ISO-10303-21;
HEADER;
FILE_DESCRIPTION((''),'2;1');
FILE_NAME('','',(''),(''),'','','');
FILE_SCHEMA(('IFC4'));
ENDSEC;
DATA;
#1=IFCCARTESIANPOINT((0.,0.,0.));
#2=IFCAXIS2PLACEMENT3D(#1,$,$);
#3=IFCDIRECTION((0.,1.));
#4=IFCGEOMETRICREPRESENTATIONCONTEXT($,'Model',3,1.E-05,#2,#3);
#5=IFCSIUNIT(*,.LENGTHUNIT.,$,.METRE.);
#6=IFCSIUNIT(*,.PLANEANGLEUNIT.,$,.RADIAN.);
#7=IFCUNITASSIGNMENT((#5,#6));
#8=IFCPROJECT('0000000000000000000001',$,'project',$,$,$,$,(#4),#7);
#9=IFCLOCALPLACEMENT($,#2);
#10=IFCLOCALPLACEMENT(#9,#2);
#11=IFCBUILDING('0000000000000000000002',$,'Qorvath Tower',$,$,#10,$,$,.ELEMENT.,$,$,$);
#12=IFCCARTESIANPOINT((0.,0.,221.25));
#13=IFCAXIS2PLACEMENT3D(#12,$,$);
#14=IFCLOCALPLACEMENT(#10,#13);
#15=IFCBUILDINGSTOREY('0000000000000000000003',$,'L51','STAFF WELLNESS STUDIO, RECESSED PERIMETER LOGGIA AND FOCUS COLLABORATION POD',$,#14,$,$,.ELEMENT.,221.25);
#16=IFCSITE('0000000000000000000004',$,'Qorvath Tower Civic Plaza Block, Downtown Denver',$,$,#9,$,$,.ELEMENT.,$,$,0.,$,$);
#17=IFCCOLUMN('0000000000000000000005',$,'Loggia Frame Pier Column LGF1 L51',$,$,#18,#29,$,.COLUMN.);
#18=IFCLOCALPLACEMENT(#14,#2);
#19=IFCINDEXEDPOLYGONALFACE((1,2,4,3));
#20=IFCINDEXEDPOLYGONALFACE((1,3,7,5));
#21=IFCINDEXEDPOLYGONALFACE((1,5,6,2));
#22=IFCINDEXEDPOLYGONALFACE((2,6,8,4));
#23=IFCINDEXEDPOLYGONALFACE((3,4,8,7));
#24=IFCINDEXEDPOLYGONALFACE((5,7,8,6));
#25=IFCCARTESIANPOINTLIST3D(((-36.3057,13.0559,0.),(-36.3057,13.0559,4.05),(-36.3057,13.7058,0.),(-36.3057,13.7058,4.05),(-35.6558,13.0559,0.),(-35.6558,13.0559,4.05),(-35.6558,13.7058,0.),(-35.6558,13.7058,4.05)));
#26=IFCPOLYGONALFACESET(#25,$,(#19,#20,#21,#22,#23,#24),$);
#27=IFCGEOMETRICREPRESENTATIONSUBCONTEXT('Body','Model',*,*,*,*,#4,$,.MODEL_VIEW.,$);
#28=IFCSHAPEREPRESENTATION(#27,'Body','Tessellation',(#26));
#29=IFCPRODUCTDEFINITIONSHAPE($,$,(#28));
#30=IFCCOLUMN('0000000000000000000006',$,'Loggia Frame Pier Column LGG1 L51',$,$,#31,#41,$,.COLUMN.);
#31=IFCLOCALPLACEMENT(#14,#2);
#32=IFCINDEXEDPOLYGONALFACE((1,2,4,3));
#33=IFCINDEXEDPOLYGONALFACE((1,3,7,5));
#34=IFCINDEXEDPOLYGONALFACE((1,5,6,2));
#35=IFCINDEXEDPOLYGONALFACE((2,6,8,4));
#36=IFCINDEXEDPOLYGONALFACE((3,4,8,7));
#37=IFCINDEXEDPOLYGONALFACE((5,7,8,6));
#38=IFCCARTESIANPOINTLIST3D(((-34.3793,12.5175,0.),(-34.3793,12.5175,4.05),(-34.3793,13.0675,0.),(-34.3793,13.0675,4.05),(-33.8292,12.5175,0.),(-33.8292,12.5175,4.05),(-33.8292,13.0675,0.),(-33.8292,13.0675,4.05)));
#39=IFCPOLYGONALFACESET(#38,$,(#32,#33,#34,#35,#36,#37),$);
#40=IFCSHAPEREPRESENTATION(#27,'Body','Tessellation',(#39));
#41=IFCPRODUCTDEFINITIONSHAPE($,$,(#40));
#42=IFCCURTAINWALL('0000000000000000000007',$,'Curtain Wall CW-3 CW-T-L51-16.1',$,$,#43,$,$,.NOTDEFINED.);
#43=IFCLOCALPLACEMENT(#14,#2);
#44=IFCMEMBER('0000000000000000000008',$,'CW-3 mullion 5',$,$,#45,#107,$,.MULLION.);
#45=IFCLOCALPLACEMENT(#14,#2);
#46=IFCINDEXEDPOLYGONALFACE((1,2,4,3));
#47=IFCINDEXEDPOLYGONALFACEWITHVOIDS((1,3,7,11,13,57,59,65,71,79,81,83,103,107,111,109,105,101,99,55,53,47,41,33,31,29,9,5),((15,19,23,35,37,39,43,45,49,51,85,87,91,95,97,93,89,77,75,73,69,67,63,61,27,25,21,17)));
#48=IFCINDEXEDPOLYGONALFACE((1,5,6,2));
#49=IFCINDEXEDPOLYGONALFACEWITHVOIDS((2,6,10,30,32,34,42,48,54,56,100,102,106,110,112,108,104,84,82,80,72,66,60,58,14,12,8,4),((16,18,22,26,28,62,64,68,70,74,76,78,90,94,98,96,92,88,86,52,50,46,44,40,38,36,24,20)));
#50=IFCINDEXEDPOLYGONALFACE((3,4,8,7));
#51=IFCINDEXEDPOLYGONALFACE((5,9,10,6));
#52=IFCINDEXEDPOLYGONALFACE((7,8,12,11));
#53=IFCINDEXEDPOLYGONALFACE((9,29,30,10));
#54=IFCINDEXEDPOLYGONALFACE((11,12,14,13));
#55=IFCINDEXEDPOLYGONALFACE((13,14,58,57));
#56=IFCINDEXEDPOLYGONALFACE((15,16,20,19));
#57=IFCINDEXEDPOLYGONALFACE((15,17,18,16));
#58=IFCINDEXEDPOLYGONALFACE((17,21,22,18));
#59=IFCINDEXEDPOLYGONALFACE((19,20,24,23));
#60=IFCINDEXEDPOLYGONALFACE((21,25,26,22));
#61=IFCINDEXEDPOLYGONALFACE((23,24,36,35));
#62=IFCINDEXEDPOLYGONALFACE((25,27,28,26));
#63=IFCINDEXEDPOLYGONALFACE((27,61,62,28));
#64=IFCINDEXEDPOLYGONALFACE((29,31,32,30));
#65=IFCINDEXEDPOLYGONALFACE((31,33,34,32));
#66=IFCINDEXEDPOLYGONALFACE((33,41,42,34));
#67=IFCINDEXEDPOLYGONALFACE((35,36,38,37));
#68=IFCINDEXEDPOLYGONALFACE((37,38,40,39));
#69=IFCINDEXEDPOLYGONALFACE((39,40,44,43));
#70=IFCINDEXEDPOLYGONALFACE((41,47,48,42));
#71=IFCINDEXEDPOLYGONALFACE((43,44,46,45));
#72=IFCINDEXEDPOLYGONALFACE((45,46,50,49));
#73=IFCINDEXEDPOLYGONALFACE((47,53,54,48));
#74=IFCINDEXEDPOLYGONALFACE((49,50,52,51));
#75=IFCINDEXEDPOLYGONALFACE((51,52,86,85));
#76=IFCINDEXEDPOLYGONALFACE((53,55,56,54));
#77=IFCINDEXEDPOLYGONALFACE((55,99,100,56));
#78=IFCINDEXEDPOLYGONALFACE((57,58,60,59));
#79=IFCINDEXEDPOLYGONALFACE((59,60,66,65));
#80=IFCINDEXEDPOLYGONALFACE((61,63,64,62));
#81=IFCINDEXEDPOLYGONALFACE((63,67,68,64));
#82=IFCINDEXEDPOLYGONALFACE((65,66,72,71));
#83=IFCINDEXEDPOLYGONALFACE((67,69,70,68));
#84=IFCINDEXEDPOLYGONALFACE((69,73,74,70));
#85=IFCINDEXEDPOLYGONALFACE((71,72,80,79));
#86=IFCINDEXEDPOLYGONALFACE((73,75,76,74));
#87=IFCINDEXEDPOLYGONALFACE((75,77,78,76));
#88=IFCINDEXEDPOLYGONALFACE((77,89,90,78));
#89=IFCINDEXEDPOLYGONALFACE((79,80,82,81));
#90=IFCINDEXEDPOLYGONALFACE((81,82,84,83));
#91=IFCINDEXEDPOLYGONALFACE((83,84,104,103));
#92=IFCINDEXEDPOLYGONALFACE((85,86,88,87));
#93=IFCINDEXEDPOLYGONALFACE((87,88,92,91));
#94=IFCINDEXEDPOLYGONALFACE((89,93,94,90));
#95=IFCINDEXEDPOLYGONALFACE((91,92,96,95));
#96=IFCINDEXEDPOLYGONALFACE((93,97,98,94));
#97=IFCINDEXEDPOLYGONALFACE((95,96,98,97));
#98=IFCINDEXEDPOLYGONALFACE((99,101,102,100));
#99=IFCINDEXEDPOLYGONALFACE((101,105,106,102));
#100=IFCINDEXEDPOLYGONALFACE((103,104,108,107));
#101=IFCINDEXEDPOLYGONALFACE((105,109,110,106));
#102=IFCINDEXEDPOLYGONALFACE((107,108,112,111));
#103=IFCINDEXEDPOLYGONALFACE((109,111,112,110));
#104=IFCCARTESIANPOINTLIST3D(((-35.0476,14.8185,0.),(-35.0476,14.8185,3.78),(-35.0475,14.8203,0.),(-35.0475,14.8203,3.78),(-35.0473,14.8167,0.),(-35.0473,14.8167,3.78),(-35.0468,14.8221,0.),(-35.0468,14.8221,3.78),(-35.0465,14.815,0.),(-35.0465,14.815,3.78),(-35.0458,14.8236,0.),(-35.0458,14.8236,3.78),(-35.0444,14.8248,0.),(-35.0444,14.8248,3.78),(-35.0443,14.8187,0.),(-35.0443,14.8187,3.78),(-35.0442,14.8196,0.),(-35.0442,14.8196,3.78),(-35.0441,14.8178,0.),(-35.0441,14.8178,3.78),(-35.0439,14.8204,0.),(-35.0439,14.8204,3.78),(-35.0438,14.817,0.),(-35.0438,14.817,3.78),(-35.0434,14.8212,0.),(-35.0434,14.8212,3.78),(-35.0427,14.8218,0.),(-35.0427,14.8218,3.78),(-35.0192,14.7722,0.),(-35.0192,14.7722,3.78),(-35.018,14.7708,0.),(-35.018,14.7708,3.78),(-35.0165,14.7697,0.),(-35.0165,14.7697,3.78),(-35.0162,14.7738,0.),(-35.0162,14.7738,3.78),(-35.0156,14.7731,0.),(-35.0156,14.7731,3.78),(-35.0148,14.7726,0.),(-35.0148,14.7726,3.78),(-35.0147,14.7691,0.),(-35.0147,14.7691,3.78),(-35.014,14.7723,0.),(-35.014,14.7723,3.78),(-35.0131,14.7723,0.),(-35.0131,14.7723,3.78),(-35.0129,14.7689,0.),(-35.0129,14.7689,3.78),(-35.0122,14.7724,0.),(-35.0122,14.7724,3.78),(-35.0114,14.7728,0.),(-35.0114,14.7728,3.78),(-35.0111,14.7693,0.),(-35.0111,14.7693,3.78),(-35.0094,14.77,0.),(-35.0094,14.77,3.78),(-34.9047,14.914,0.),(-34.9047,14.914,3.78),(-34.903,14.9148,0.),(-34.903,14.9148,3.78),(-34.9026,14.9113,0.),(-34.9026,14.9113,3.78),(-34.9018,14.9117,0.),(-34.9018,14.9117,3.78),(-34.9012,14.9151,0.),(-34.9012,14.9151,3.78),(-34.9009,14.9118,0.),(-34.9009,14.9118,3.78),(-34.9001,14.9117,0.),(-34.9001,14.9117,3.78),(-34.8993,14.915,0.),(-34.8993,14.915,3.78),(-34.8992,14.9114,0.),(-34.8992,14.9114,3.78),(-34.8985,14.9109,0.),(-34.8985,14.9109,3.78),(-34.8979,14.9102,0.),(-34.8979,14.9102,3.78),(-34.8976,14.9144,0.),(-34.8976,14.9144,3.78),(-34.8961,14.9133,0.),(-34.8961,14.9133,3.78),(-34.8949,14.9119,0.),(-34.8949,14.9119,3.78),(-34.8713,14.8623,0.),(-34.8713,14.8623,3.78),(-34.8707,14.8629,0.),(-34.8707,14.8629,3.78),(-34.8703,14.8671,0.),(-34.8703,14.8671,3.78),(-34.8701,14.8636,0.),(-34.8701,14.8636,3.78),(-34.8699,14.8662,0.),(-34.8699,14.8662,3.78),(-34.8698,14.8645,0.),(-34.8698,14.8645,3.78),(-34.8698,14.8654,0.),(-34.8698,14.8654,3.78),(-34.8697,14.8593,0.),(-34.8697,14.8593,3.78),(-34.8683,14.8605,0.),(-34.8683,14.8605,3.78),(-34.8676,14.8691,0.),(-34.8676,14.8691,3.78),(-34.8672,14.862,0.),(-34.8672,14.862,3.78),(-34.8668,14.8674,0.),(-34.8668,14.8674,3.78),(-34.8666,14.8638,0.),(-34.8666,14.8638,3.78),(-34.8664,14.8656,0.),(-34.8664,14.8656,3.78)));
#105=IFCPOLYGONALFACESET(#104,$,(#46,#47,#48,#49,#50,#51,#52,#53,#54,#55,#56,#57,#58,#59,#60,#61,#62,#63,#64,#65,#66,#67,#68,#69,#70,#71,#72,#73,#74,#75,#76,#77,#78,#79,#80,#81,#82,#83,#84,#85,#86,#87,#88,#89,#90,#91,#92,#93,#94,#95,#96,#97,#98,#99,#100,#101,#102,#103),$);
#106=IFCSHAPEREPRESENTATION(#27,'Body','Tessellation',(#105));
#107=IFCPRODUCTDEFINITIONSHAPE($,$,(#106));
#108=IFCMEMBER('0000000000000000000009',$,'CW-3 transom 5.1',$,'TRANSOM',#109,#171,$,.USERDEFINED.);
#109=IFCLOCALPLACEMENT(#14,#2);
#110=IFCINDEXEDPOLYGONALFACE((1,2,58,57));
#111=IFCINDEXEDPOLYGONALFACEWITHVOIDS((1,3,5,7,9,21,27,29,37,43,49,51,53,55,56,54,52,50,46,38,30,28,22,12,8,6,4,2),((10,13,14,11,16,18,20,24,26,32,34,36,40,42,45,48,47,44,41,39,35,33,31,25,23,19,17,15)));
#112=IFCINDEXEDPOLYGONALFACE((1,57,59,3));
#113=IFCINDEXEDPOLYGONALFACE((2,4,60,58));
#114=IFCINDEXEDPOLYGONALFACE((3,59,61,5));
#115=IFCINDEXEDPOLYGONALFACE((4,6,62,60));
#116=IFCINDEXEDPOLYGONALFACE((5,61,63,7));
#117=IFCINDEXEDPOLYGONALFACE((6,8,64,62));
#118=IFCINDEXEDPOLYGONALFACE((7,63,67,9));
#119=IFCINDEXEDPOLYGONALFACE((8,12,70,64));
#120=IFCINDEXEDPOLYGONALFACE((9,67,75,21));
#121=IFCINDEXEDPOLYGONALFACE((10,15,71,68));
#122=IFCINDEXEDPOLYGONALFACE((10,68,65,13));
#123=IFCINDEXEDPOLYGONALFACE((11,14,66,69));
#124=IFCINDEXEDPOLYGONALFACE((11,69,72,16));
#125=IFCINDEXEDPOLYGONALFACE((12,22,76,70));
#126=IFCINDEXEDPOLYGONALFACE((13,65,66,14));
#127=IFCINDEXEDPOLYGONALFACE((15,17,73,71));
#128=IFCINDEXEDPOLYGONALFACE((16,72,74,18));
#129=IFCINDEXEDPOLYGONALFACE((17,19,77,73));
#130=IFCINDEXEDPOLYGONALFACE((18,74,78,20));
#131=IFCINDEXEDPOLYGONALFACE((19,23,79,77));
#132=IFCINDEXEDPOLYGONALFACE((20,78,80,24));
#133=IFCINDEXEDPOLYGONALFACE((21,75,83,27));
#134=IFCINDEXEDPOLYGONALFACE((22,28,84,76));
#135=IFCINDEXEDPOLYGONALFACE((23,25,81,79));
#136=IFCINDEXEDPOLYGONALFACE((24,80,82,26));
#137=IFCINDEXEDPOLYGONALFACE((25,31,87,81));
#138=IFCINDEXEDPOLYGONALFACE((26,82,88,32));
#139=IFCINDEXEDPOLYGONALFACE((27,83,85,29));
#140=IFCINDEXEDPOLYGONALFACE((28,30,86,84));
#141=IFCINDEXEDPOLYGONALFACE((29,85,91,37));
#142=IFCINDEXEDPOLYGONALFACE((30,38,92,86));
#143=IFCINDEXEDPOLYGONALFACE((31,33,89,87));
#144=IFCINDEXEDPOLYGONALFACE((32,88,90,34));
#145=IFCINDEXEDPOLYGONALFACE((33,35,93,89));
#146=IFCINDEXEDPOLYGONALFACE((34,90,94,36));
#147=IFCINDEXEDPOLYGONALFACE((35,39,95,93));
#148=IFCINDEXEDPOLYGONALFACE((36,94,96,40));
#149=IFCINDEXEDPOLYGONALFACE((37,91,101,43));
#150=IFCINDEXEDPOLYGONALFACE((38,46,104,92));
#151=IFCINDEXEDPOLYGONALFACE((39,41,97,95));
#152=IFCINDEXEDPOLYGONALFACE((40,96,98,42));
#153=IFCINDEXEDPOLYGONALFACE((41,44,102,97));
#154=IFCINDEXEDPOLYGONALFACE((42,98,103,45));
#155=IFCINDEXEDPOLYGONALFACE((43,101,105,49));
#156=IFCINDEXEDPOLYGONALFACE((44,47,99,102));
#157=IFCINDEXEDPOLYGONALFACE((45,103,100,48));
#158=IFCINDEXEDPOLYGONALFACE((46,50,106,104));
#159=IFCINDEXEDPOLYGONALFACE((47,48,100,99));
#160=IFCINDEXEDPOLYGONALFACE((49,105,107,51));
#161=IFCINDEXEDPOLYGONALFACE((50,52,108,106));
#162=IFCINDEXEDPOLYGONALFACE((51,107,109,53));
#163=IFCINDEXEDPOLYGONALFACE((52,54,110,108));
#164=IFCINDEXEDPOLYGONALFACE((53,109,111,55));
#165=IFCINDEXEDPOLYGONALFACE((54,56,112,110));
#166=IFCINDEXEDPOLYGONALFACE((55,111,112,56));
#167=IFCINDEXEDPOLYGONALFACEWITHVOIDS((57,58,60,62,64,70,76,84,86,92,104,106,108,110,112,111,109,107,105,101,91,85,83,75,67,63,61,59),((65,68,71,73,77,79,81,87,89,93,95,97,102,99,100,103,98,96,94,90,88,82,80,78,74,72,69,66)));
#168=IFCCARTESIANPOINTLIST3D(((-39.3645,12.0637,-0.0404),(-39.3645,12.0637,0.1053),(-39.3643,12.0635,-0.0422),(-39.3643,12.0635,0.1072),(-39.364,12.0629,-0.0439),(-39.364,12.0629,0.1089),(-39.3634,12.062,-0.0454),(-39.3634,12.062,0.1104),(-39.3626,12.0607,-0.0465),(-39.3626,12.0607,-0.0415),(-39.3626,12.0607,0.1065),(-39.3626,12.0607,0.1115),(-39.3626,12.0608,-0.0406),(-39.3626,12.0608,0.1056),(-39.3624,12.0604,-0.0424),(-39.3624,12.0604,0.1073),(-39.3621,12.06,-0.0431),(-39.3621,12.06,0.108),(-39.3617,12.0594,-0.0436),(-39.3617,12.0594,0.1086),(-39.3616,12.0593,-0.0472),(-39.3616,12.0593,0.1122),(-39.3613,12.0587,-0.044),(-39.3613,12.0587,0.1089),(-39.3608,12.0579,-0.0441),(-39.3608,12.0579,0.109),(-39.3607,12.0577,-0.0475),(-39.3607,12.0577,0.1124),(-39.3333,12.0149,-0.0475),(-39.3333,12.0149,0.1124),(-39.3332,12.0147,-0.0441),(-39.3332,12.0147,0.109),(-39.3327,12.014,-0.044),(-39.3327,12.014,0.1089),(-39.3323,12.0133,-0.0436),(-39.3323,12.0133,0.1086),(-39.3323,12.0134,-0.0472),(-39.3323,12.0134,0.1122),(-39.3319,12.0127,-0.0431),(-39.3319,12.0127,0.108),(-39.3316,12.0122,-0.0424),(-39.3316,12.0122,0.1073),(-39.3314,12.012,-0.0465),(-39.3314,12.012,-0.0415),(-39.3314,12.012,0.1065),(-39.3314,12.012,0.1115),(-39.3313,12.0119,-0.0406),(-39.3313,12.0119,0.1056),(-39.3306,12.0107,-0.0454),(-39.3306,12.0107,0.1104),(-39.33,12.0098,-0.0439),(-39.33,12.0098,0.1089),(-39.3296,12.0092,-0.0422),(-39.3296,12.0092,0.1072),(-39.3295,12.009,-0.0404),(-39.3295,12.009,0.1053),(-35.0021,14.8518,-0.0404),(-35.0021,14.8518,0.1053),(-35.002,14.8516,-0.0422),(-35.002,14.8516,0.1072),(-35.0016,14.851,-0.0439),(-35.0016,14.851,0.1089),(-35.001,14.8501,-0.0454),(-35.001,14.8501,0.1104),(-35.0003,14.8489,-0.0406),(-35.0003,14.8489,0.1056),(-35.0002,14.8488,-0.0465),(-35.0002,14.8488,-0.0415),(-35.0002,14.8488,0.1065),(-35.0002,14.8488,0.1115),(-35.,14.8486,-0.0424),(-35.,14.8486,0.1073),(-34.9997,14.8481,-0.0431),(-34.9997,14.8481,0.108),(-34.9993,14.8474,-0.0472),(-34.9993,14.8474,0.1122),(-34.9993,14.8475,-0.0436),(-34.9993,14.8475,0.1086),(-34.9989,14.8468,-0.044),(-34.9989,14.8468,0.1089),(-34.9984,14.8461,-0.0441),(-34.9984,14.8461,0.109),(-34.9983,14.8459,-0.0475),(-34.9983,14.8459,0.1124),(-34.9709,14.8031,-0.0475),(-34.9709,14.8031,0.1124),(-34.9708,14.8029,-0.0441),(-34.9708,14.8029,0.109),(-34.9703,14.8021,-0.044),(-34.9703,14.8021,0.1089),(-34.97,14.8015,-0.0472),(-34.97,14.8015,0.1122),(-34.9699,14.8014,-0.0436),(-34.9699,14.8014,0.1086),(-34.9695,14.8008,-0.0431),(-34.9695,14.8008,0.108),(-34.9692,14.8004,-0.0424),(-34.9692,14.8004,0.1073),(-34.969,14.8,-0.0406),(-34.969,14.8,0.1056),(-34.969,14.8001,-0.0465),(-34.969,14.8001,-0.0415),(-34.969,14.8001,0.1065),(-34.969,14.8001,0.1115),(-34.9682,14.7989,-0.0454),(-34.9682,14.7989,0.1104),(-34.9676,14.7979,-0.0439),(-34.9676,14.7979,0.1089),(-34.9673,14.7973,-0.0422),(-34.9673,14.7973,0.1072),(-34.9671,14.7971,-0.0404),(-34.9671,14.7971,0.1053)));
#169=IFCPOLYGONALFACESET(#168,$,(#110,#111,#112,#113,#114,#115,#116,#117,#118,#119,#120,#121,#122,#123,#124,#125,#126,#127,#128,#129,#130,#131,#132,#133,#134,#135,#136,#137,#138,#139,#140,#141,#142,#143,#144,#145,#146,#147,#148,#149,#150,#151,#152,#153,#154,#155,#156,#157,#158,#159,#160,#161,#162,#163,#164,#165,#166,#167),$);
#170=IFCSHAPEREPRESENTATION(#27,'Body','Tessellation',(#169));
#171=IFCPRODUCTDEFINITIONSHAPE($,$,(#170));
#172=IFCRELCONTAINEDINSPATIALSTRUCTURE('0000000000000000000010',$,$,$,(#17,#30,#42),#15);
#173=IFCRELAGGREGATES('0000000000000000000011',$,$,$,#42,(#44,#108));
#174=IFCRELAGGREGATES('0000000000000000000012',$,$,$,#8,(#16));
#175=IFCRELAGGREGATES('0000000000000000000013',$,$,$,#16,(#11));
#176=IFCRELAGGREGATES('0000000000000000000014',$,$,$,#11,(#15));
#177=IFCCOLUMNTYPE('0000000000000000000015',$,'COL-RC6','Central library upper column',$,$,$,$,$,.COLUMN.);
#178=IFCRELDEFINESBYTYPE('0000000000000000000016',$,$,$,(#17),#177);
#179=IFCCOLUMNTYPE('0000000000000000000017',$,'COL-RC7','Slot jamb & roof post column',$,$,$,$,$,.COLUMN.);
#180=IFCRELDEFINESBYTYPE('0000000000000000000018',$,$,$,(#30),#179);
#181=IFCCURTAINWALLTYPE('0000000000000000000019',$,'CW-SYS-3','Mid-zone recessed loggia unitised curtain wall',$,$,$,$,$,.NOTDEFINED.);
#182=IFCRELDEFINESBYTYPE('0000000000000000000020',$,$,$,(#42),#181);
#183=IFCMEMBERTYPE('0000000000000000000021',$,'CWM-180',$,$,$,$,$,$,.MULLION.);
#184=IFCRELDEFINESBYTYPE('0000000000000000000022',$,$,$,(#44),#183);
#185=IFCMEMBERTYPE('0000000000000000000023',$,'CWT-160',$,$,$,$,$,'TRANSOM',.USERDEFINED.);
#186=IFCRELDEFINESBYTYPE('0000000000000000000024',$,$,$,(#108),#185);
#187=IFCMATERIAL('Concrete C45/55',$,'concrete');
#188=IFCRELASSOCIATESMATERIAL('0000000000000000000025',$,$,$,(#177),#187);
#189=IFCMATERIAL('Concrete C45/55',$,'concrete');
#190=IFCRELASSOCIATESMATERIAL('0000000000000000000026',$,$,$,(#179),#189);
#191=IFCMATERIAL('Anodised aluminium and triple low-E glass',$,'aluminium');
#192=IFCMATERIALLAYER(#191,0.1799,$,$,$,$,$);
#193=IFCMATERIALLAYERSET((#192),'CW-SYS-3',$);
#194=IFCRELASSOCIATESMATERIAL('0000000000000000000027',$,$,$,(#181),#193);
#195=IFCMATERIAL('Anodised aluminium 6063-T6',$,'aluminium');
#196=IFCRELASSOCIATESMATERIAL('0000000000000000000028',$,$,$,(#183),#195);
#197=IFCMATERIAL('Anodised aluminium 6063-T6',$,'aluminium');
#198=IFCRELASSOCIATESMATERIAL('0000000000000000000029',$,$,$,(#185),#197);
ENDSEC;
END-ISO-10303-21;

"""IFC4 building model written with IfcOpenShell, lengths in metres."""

from ifc_helpers import new_model, si_unit, direction, frame, origin, origin_2d, place, context, subcontext, project, spatial, rectangle, hollow_rectangle, extrude, material, layer, layer_set, material_profile, profile_set, type_object, element, aggregate, save


model = new_model("IFC4")

# Units and contexts
model_context = context("Model", 3, precision=1e-05, world=origin(), true_north=direction((0.0, 1.0)))
body_context = subcontext(model_context, "Body", "Model", "MODEL_VIEW")
ifc_project = project(units=[si_unit("LENGTHUNIT", "METRE"), si_unit("PLANEANGLEUNIT", "RADIAN")], contexts=[model_context])

# Site, building, storey
site_placement = place(None, origin())
site = spatial("IfcSite", under=ifc_project, at=site_placement, Name="Qorvath Tower Civic Plaza Block, Downtown Denver", CompositionType="ELEMENT", RefElevation=0.0)
building_placement = place(site_placement, origin())
building = spatial("IfcBuilding", under=site, at=building_placement, Name="Qorvath Tower", CompositionType="ELEMENT")
storey_placement = place(building_placement, frame((0.0, 0.0, 221.25)))
storey = spatial("IfcBuildingStorey", under=building, at=storey_placement, Name="L51", Description="STAFF WELLNESS STUDIO, RECESSED PERIMETER LOGGIA AND FOCUS COLLABORATION POD", CompositionType="ELEMENT", Elevation=221.25)

# Columns
ifc_material_1 = material(Name="Concrete C45/55", Category="concrete")
ifc_material_profile_1 = material_profile(ifc_material_1, rectangle(XDim=0.6499, YDim=0.6499, at=origin_2d()), Name="RC 650x650")
ifc_profile_set_1 = profile_set([ifc_material_profile_1], Name="Concrete C45/55")
column_type_1 = type_object("IfcColumnType", Name="COL-RC6", Description="Central library upper column", PredefinedType="COLUMN", material=ifc_profile_set_1)
column_1_placement = place(storey_placement, frame((-35.9807, 13.3809, 0.0), z_axis=(0.0, 0.0, 1.0), x_axis=(1.0, 0.0, 0.0)))
element("IfcColumn", 1, at=column_1_placement, inside=storey, type_object=column_type_1, Name="Loggia Frame Pier Column LGF1 L51", PredefinedType="COLUMN", context=body_context, shape_type="SweptSolid", body=[
    extrude(rectangle(XDim=0.6499, YDim=0.6499, at=origin_2d()), origin(), (0.0, 0.0, 1.0), 4.05),
])
ifc_material_2 = material(Name="Concrete C45/55", Category="concrete")
ifc_material_profile_2 = material_profile(ifc_material_2, rectangle(XDim=0.55, YDim=0.55, at=origin_2d()), Name="RC 550x550")
ifc_profile_set_2 = profile_set([ifc_material_profile_2], Name="Concrete C45/55")
column_type_2 = type_object("IfcColumnType", Name="COL-RC7", Description="Slot jamb & roof post column", PredefinedType="COLUMN", material=ifc_profile_set_2)
column_2_placement = place(storey_placement, frame((-34.1042, 12.7925, 0.0), z_axis=(0.0, 0.0, 1.0), x_axis=(1.0, 0.0, 0.0)))
element("IfcColumn", 2, at=column_2_placement, inside=storey, type_object=column_type_2, Name="Loggia Frame Pier Column LGG1 L51", PredefinedType="COLUMN", context=body_context, shape_type="SweptSolid", body=[
    extrude(rectangle(XDim=0.55, YDim=0.55, at=origin_2d()), origin(), (0.0, 0.0, 1.0), 4.05),
])

# Curtain wall, members
ifc_material_3 = material(Name="Anodised aluminium and triple low-E glass", Category="aluminium")
ifc_layer_1 = layer(ifc_material_3, 0.1799)
ifc_layer_set_1 = layer_set([ifc_layer_1], Name="CW-SYS-3")
curtain_wall_type = type_object("IfcCurtainWallType", Name="CW-SYS-3", Description="Mid-zone recessed loggia unitised curtain wall", PredefinedType="NOTDEFINED", material=ifc_layer_set_1)
curtain_wall_placement = place(storey_placement, origin())
curtain_wall = element("IfcCurtainWall", 3, at=curtain_wall_placement, inside=storey, type_object=curtain_wall_type, Name="Curtain Wall CW-3 CW-T-L51-16.1", PredefinedType="NOTDEFINED")
ifc_material_4 = material(Name="Anodised aluminium 6063-T6", Category="aluminium")
ifc_material_profile_3 = material_profile(ifc_material_4, hollow_rectangle(XDim=0.0649, YDim=0.1799, WallThickness=0.0034, InnerFilletRadius=0.0034, OuterFilletRadius=0.0071, at=origin_2d()), Name="CWM 180x65")
ifc_profile_set_3 = profile_set([ifc_material_profile_3], Name="Anodised aluminium 6063-T6")
member_type_1 = type_object("IfcMemberType", Name="CWM-180", PredefinedType="MULLION", material=ifc_profile_set_3)
member_1_placement = place(storey_placement, frame((-34.957, 14.842, 0.0), z_axis=(0.0, 0.0, 1.0), x_axis=(0.538535, -0.842603, 0.0)))
member_1 = element("IfcMember", 4, at=member_1_placement, type_object=member_type_1, Name="CW-3 mullion 5", PredefinedType="MULLION", context=body_context, shape_type="SweptSolid", body=[
    extrude(hollow_rectangle(XDim=0.0649, YDim=0.1799, WallThickness=0.0034, InnerFilletRadius=0.0034, OuterFilletRadius=0.0071, at=origin_2d()), origin(), (0.0, 0.0, 1.0), 3.78),
])
ifc_material_5 = material(Name="Anodised aluminium 6063-T6", Category="aluminium")
ifc_material_profile_4 = material_profile(ifc_material_5, hollow_rectangle(XDim=0.0649, YDim=0.1599, WallThickness=0.0034, InnerFilletRadius=0.0034, OuterFilletRadius=0.0071, at=origin_2d()), Name="CWT 160x65")
ifc_profile_set_4 = profile_set([ifc_material_profile_4], Name="Anodised aluminium 6063-T6")
member_type_2 = type_object("IfcMemberType", Name="CWT-160", ElementType="TRANSOM", PredefinedType="USERDEFINED", material=ifc_profile_set_4)
member_2_placement = place(storey_placement, frame((-34.9846, 14.8245, 0.0325), z_axis=(-0.842604, -0.538534, 0.0), x_axis=(0.538534, -0.842604, 0.0)))
member_2 = element("IfcMember", 5, at=member_2_placement, type_object=member_type_2, Name="CW-3 transom 5.1", ObjectType="TRANSOM", PredefinedType="USERDEFINED", context=body_context, shape_type="SweptSolid", body=[
    extrude(hollow_rectangle(XDim=0.0649, YDim=0.1599, WallThickness=0.0034, InnerFilletRadius=0.0034, OuterFilletRadius=0.0071, at=origin_2d()), origin(), (0.0, 0.0, 1.0), 5.1772),
])
aggregate(curtain_wall, [member_1, member_2])

save(model, "model.ifc")
